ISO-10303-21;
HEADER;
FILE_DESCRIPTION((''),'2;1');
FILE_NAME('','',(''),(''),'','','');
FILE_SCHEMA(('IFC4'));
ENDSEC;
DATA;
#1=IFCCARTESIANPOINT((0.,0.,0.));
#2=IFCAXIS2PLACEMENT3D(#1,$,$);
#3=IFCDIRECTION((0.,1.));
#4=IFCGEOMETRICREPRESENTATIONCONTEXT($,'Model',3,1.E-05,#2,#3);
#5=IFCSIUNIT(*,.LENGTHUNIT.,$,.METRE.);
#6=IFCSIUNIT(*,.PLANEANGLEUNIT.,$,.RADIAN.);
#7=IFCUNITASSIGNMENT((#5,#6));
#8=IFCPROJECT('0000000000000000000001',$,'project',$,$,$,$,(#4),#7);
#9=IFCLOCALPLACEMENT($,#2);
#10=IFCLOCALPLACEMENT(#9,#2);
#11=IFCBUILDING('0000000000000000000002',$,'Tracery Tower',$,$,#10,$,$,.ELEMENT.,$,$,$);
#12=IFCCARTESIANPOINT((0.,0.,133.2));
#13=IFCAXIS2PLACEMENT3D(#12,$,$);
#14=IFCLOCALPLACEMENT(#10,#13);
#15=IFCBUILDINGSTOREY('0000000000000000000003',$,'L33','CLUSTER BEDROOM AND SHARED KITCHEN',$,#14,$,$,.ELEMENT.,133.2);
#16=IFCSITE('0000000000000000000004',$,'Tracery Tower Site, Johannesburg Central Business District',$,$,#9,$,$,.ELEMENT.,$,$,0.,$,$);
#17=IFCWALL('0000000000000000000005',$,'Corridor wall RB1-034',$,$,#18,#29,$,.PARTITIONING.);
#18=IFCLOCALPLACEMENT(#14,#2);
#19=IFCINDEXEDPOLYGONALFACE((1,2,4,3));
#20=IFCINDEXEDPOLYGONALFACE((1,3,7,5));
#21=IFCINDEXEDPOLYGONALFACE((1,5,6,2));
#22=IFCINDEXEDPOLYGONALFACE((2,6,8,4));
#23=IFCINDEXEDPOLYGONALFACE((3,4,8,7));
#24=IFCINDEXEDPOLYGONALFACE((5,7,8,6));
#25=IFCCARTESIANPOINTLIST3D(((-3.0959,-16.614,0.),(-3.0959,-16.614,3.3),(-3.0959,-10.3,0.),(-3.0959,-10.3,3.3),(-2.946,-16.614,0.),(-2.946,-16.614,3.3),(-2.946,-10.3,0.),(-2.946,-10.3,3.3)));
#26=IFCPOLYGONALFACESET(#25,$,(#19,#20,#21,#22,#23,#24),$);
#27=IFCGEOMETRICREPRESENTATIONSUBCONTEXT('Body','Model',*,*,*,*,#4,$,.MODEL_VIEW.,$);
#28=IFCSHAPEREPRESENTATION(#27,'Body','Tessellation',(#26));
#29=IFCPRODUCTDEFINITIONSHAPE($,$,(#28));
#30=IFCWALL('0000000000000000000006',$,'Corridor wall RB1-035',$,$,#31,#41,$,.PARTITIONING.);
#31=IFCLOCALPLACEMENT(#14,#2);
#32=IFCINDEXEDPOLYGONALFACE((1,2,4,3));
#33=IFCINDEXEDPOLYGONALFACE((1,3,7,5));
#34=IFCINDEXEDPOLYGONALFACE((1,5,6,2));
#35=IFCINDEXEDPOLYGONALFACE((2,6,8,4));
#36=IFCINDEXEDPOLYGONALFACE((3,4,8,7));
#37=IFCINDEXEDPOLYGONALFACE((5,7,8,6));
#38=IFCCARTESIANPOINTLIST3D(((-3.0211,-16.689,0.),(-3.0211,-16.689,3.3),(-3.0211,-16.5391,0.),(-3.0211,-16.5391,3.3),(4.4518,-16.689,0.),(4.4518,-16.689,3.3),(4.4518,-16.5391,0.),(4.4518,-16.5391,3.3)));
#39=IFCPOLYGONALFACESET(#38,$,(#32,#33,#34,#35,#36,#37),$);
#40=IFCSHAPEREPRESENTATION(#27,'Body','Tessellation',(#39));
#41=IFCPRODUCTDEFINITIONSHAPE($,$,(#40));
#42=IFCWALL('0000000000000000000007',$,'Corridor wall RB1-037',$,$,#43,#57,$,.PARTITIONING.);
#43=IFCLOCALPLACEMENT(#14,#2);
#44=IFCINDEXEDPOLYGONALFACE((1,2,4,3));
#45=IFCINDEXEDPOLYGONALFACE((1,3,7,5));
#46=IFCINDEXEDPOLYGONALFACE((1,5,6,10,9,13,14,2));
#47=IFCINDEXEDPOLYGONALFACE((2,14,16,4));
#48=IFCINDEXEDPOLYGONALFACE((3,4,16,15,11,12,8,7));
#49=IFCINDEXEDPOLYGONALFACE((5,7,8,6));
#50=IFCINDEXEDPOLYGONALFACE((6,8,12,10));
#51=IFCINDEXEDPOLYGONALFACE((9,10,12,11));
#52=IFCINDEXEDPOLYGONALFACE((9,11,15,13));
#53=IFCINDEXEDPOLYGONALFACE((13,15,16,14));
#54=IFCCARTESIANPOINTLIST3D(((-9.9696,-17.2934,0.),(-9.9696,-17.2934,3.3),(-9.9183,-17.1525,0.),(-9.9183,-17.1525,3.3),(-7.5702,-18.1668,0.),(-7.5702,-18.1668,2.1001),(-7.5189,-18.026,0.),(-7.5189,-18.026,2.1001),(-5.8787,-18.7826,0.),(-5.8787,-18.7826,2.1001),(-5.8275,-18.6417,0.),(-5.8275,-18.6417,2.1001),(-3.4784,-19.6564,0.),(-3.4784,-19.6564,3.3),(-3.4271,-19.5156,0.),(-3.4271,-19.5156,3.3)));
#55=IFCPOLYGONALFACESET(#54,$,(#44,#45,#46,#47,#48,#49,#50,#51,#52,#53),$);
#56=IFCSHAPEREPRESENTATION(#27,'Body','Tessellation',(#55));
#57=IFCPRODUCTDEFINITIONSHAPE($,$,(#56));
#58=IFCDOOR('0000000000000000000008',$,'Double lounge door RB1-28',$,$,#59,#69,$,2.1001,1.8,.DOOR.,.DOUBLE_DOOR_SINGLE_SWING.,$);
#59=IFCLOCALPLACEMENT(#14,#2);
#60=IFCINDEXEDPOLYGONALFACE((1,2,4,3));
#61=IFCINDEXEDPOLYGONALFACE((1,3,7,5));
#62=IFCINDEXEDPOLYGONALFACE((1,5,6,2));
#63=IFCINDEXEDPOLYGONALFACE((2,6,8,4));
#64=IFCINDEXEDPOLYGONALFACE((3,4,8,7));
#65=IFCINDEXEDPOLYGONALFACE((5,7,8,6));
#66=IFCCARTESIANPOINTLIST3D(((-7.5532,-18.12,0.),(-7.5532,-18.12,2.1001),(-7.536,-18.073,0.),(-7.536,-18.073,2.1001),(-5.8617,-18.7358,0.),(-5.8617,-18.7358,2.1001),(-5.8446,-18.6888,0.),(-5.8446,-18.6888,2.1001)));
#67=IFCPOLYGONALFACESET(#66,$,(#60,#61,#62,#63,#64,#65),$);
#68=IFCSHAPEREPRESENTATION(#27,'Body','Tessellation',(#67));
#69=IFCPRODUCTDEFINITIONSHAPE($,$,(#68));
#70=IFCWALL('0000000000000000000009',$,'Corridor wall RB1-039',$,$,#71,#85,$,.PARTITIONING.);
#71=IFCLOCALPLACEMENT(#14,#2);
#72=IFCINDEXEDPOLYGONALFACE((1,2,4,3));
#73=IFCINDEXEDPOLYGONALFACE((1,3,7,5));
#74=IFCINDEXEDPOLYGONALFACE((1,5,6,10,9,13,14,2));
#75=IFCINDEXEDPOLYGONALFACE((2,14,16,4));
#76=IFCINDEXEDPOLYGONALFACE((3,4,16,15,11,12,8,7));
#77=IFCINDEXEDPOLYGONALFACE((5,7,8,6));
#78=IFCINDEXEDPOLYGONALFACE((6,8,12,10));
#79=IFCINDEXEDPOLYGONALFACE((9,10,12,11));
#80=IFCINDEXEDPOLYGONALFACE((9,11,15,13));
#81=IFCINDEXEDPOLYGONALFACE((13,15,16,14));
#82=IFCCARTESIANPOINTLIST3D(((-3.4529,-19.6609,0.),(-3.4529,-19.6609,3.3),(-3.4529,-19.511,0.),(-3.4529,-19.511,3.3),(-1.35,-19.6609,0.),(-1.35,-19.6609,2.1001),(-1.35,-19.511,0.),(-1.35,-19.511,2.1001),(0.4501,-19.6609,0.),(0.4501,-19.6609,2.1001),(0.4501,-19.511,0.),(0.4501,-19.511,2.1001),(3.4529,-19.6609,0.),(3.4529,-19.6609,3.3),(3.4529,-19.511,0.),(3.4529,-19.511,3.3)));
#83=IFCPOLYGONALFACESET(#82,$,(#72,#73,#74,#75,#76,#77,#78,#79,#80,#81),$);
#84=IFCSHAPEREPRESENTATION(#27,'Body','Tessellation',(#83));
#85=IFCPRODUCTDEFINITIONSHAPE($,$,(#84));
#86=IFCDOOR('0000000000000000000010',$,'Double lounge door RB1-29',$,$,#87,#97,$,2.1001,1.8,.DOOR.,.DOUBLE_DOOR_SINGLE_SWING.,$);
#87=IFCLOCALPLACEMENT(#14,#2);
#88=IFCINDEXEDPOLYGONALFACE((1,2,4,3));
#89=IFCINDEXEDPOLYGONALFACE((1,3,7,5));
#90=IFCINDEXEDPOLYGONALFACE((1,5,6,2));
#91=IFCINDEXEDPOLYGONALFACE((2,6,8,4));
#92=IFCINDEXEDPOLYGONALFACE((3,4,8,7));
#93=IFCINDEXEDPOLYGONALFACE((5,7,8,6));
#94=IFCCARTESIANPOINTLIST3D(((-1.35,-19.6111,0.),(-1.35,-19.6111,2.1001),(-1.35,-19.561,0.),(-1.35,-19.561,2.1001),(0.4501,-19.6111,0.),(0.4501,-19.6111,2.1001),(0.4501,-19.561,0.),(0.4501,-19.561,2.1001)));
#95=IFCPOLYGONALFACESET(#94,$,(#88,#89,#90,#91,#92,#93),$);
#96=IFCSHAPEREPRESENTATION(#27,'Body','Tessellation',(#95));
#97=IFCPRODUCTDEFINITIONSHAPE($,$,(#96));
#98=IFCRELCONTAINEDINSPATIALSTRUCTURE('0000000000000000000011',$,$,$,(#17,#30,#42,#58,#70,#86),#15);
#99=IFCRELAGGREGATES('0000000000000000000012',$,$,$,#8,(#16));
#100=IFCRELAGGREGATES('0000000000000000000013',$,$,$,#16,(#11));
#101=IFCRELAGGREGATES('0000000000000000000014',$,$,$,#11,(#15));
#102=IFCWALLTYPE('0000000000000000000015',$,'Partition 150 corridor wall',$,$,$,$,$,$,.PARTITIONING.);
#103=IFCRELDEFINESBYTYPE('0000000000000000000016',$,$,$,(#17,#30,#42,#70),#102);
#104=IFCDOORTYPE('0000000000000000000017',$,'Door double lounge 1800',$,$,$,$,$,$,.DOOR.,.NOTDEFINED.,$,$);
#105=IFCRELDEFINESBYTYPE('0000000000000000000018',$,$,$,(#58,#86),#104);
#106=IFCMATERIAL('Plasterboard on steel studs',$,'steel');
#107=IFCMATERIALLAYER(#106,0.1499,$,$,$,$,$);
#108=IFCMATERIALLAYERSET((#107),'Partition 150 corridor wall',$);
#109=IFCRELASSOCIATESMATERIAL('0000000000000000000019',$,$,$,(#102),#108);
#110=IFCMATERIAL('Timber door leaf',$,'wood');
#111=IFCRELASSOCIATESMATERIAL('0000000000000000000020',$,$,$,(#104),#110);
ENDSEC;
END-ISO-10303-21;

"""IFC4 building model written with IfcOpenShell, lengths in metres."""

from ifc_helpers import new_model, si_unit, direction, frame, frame_2d, origin, place, context, subcontext, project, spatial, rectangle, extrude, material, layer, layer_set, type_object, element, fill, save


model = new_model("IFC4")

# Units and contexts
model_context = context("Model", 3, precision=1e-05, world=origin(), true_north=direction((0.0, 1.0)))
body_context = subcontext(model_context, "Body", "Model", "MODEL_VIEW")
ifc_project = project(units=[si_unit("LENGTHUNIT", "METRE"), si_unit("PLANEANGLEUNIT", "RADIAN")], contexts=[model_context])

# Site, building, storey
site_placement = place(None, origin())
site = spatial("IfcSite", under=ifc_project, at=site_placement, Name="Tracery Tower Site, Johannesburg Central Business District", CompositionType="ELEMENT", RefElevation=0.0)
building_placement = place(site_placement, origin())
building = spatial("IfcBuilding", under=site, at=building_placement, Name="Tracery Tower", CompositionType="ELEMENT")
storey_placement = place(building_placement, frame((0.0, 0.0, 133.2)))
storey = spatial("IfcBuildingStorey", under=building, at=storey_placement, Name="L33", Description="CLUSTER BEDROOM AND SHARED KITCHEN", CompositionType="ELEMENT", Elevation=133.2)

# Shared definitions
ifc_material_1 = material(Name="Plasterboard on steel studs", Category="steel")
ifc_layer_1 = layer(ifc_material_1, 0.1499)
ifc_layer_set_1 = layer_set([ifc_layer_1], Name="Partition 150 corridor wall")
wall_type_1 = type_object("IfcWallType", Name="Partition 150 corridor wall", PredefinedType="PARTITIONING", material=ifc_layer_set_1)

# Walls
wall_1_placement = place(storey_placement, frame((-3.021, -16.614, 0.0), z_axis=(0.0, 0.0, 1.0), x_axis=(0.0, 1.0, 0.0)))
element("IfcWall", 1, at=wall_1_placement, inside=storey, type_object=wall_type_1, Name="Corridor wall RB1-034", PredefinedType="PARTITIONING", context=body_context, shape_type="SweptSolid", body=[
    extrude(rectangle(XDim=6.314, YDim=0.1499, at=frame_2d((3.157, 0.0))), origin(), (0.0, 0.0, 1.0), 3.3),
])
wall_2_placement = place(storey_placement, frame((-3.021, -16.614, 0.0), z_axis=(0.0, 0.0, 1.0), x_axis=(1.0, 0.0, 0.0)))
element("IfcWall", 2, at=wall_2_placement, inside=storey, type_object=wall_type_1, Name="Corridor wall RB1-035", PredefinedType="PARTITIONING", context=body_context, shape_type="SweptSolid", body=[
    extrude(rectangle(XDim=7.4729, YDim=0.1499, at=frame_2d((3.7363, 0.0))), origin(), (0.0, 0.0, 1.0), 3.3),
])

# Walls, openings, doors
wall_3_placement = place(storey_placement, frame((-9.9441, -17.2229, 0.0), z_axis=(0.0, 0.0, 1.0), x_axis=(0.939673, -0.342075, 0.0)))
wall_3 = element("IfcWall", 3, at=wall_3_placement, inside=storey, type_object=wall_type_1, Name="Corridor wall RB1-037", PredefinedType="PARTITIONING", context=body_context, shape_type="SweptSolid", body=[
    extrude(rectangle(XDim=6.908, YDim=0.1499, at=frame_2d((3.4541, 0.0))), origin(), (0.0, 0.0, 1.0), 3.3),
])
opening_1_placement = place(wall_3_placement, frame((2.5537, 0.0, 0.0)))
opening_1 = element("IfcOpeningElement", 4, at=opening_1_placement, cuts=wall_3, PredefinedType="OPENING", context=body_context, shape_type="SweptSolid", body=[
    extrude(rectangle(XDim=1.8, YDim=2.1001, at=frame_2d((0.8999, 1.05))), frame((0.0, 0.075, 0.0), z_axis=(0.0, -1.0, 0.0), x_axis=(1.0, 0.0, 0.0)), (0.0, 0.0, 1.0), 0.1499),
])
ifc_material_2 = material(Name="Timber door leaf", Category="wood")
door_type_1 = type_object("IfcDoorType", Name="Door double lounge 1800", OperationType="NOTDEFINED", PredefinedType="DOOR", material=ifc_material_2)
door_1_placement = place(opening_1_placement, origin())
door_1 = element("IfcDoor", 5, at=door_1_placement, inside=storey, type_object=door_type_1, Name="Double lounge door RB1-28", OperationType="DOUBLE_DOOR_SINGLE_SWING", OverallHeight=2.1001, OverallWidth=1.8, PredefinedType="DOOR", context=body_context, shape_type="SweptSolid", body=[
    extrude(rectangle(XDim=1.8, YDim=2.1001, at=frame_2d((0.8999, 1.05))), frame((0.0, 0.0249, 0.0), z_axis=(0.0, -1.0, 0.0), x_axis=(1.0, 0.0, 0.0)), (0.0, 0.0, 1.0), 0.05),
])
fill(opening_1, door_1)
wall_4_placement = place(storey_placement, frame((-3.4529, -19.5859, 0.0), z_axis=(0.0, 0.0, 1.0), x_axis=(1.0, 0.0, 0.0)))
wall_4 = element("IfcWall", 6, at=wall_4_placement, inside=storey, type_object=wall_type_1, Name="Corridor wall RB1-039", PredefinedType="PARTITIONING", context=body_context, shape_type="SweptSolid", body=[
    extrude(rectangle(XDim=6.9058, YDim=0.1499, at=frame_2d((3.4529, 0.0))), origin(), (0.0, 0.0, 1.0), 3.3),
])
opening_2_placement = place(wall_4_placement, frame((2.103, 0.0, 0.0)))
opening_2 = element("IfcOpeningElement", 7, at=opening_2_placement, cuts=wall_4, PredefinedType="OPENING", context=body_context, shape_type="SweptSolid", body=[
    extrude(rectangle(XDim=1.8, YDim=2.1001, at=frame_2d((0.8999, 1.05))), frame((0.0, 0.075, 0.0), z_axis=(0.0, -1.0, 0.0), x_axis=(1.0, 0.0, 0.0)), (0.0, 0.0, 1.0), 0.1499),
])
door_2_placement = place(opening_2_placement, origin())
door_2 = element("IfcDoor", 8, at=door_2_placement, inside=storey, type_object=door_type_1, Name="Double lounge door RB1-29", OperationType="DOUBLE_DOOR_SINGLE_SWING", OverallHeight=2.1001, OverallWidth=1.8, PredefinedType="DOOR", context=body_context, shape_type="SweptSolid", body=[
    extrude(rectangle(XDim=1.8, YDim=2.1001, at=frame_2d((0.8999, 1.05))), frame((0.0, 0.0249, 0.0), z_axis=(0.0, -1.0, 0.0), x_axis=(1.0, 0.0, 0.0)), (0.0, 0.0, 1.0), 0.05),
])
fill(opening_2, door_2)

save(model, "model.ifc")
